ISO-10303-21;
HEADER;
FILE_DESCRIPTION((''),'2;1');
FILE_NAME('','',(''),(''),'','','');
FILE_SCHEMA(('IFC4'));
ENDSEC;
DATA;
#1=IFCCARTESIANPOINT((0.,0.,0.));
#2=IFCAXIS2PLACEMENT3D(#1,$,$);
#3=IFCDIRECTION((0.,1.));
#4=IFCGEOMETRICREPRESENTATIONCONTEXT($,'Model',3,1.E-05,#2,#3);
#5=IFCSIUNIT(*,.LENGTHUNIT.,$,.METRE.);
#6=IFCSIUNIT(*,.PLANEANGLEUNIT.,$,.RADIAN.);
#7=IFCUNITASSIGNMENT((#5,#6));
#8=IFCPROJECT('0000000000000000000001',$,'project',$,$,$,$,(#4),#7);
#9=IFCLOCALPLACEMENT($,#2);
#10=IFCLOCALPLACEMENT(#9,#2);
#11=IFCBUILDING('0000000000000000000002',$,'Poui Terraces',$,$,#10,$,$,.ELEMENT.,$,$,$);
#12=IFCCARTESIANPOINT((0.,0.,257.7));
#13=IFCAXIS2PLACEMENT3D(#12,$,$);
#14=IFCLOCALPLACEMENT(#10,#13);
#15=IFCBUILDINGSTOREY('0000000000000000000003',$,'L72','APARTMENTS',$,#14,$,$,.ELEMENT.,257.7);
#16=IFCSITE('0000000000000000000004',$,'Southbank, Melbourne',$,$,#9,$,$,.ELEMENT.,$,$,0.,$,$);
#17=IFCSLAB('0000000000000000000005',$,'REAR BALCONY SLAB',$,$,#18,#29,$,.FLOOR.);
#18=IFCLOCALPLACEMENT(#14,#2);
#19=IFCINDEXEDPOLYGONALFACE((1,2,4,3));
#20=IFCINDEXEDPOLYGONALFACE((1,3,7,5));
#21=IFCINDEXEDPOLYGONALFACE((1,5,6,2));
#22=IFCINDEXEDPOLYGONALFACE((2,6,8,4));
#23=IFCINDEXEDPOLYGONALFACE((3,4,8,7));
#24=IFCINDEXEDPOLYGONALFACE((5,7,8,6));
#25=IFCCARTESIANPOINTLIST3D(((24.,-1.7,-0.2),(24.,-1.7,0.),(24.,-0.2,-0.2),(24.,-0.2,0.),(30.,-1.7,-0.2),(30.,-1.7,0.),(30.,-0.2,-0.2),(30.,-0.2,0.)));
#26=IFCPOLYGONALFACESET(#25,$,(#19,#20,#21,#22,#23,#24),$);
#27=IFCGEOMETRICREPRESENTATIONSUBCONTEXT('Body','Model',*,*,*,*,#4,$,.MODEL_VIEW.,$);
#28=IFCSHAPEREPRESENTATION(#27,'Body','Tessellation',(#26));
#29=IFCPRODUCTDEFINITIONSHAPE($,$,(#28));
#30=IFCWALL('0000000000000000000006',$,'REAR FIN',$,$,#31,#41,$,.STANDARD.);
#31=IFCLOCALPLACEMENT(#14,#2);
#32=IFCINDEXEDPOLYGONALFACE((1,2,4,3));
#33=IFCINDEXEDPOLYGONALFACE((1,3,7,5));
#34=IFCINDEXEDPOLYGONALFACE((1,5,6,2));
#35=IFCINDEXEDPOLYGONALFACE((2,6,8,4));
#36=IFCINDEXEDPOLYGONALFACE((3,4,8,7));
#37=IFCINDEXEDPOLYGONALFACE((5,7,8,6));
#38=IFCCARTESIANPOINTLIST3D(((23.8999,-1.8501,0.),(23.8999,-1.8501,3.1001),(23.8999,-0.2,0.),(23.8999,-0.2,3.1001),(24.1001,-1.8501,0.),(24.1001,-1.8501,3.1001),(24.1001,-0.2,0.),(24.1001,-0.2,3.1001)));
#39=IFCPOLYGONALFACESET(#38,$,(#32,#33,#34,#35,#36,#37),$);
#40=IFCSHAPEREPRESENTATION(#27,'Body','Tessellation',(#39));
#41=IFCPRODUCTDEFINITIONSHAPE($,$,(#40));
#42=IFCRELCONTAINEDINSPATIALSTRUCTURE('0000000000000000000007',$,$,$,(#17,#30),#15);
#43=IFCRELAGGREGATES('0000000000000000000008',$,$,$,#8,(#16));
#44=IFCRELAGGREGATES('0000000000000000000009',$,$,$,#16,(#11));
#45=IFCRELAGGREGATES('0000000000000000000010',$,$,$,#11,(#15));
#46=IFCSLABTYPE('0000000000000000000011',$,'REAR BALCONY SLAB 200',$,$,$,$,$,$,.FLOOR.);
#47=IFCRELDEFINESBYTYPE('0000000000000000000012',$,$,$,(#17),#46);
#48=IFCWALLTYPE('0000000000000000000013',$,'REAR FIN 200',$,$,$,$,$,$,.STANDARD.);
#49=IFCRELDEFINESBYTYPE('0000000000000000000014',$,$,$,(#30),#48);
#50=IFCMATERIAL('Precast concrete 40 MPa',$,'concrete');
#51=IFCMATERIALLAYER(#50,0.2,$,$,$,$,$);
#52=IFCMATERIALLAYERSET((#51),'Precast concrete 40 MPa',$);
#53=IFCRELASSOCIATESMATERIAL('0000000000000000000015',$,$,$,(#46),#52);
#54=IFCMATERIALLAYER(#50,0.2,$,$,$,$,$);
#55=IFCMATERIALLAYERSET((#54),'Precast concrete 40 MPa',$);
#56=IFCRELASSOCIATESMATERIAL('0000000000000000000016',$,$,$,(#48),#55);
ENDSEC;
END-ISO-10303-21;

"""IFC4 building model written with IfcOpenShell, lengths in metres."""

from ifc_helpers import new_model, si_unit, direction, frame, origin, place, context, subcontext, project, spatial, polyline, outline, extrude, source, transform, mapped, material, layer, layer_set, type_object, element, save


model = new_model("IFC4")

# Units and contexts
model_context = context("Model", 3, precision=1e-05, world=origin(), true_north=direction((0.0, 1.0)))
body_context = subcontext(model_context, "Body", "Model", "MODEL_VIEW")
ifc_project = project(units=[si_unit("LENGTHUNIT", "METRE"), si_unit("PLANEANGLEUNIT", "RADIAN")], contexts=[model_context])

# Site, building, storey
site_placement = place(None, origin())
site = spatial("IfcSite", under=ifc_project, at=site_placement, Name="Southbank, Melbourne", CompositionType="ELEMENT", RefElevation=0.0)
building_placement = place(site_placement, origin())
building = spatial("IfcBuilding", under=site, at=building_placement, Name="Poui Terraces", CompositionType="ELEMENT")
storey_placement = place(building_placement, frame((0.0, 0.0, 257.7)))
storey = spatial("IfcBuildingStorey", under=building, at=storey_placement, Name="L72", Description="APARTMENTS", CompositionType="ELEMENT", Elevation=257.7)

# Slab
ifc_material = material(Name="Precast concrete 40 MPa", Category="concrete")
ifc_layer_1 = layer(ifc_material, 0.2)
ifc_layer_set_1 = layer_set([ifc_layer_1], Name="Precast concrete 40 MPa")
slab_type = type_object("IfcSlabType", Name="REAR BALCONY SLAB 200", PredefinedType="FLOOR", material=ifc_layer_set_1)
shared_shape_1 = source(origin(), body_context, "Body", "SweptSolid", [
    extrude(outline(polyline([(0.0, 0.0), (6.0, 0.0), (6.0, 1.5), (0.0, 1.5), (0.0, 0.0)])), origin(), (0.0, 0.0, 1.0), 0.2),
])
slab_placement = place(storey_placement, frame((24.0, -1.7, -0.2)))
element("IfcSlab", 1, at=slab_placement, inside=storey, type_object=slab_type, Name="REAR BALCONY SLAB", PredefinedType="FLOOR", context=body_context, shape_type="MappedRepresentation", body=[
    mapped(shared_shape_1, transform((0.0, 0.0, 0.0))),
])

# Wall
ifc_layer_2 = layer(ifc_material, 0.2)
ifc_layer_set_2 = layer_set([ifc_layer_2], Name="Precast concrete 40 MPa")
wall_type = type_object("IfcWallType", Name="REAR FIN 200", PredefinedType="STANDARD", material=ifc_layer_set_2)
shared_shape_2 = source(origin(), body_context, "Body", "SweptSolid", [
    extrude(outline(polyline([(0.0, 0.0), (0.2002, 0.0), (0.2002, 1.6501), (0.0, 1.6501), (0.0, 0.0)])), origin(), (0.0, 0.0, 1.0), 3.1001),
])
wall_placement = place(storey_placement, frame((23.8999, -1.8501, 0.0)))
element("IfcWall", 2, at=wall_placement, inside=storey, type_object=wall_type, Name="REAR FIN", PredefinedType="STANDARD", context=body_context, shape_type="MappedRepresentation", body=[
    mapped(shared_shape_2, transform((0.0, 0.0, 0.0))),
])

save(model, "model.ifc")
